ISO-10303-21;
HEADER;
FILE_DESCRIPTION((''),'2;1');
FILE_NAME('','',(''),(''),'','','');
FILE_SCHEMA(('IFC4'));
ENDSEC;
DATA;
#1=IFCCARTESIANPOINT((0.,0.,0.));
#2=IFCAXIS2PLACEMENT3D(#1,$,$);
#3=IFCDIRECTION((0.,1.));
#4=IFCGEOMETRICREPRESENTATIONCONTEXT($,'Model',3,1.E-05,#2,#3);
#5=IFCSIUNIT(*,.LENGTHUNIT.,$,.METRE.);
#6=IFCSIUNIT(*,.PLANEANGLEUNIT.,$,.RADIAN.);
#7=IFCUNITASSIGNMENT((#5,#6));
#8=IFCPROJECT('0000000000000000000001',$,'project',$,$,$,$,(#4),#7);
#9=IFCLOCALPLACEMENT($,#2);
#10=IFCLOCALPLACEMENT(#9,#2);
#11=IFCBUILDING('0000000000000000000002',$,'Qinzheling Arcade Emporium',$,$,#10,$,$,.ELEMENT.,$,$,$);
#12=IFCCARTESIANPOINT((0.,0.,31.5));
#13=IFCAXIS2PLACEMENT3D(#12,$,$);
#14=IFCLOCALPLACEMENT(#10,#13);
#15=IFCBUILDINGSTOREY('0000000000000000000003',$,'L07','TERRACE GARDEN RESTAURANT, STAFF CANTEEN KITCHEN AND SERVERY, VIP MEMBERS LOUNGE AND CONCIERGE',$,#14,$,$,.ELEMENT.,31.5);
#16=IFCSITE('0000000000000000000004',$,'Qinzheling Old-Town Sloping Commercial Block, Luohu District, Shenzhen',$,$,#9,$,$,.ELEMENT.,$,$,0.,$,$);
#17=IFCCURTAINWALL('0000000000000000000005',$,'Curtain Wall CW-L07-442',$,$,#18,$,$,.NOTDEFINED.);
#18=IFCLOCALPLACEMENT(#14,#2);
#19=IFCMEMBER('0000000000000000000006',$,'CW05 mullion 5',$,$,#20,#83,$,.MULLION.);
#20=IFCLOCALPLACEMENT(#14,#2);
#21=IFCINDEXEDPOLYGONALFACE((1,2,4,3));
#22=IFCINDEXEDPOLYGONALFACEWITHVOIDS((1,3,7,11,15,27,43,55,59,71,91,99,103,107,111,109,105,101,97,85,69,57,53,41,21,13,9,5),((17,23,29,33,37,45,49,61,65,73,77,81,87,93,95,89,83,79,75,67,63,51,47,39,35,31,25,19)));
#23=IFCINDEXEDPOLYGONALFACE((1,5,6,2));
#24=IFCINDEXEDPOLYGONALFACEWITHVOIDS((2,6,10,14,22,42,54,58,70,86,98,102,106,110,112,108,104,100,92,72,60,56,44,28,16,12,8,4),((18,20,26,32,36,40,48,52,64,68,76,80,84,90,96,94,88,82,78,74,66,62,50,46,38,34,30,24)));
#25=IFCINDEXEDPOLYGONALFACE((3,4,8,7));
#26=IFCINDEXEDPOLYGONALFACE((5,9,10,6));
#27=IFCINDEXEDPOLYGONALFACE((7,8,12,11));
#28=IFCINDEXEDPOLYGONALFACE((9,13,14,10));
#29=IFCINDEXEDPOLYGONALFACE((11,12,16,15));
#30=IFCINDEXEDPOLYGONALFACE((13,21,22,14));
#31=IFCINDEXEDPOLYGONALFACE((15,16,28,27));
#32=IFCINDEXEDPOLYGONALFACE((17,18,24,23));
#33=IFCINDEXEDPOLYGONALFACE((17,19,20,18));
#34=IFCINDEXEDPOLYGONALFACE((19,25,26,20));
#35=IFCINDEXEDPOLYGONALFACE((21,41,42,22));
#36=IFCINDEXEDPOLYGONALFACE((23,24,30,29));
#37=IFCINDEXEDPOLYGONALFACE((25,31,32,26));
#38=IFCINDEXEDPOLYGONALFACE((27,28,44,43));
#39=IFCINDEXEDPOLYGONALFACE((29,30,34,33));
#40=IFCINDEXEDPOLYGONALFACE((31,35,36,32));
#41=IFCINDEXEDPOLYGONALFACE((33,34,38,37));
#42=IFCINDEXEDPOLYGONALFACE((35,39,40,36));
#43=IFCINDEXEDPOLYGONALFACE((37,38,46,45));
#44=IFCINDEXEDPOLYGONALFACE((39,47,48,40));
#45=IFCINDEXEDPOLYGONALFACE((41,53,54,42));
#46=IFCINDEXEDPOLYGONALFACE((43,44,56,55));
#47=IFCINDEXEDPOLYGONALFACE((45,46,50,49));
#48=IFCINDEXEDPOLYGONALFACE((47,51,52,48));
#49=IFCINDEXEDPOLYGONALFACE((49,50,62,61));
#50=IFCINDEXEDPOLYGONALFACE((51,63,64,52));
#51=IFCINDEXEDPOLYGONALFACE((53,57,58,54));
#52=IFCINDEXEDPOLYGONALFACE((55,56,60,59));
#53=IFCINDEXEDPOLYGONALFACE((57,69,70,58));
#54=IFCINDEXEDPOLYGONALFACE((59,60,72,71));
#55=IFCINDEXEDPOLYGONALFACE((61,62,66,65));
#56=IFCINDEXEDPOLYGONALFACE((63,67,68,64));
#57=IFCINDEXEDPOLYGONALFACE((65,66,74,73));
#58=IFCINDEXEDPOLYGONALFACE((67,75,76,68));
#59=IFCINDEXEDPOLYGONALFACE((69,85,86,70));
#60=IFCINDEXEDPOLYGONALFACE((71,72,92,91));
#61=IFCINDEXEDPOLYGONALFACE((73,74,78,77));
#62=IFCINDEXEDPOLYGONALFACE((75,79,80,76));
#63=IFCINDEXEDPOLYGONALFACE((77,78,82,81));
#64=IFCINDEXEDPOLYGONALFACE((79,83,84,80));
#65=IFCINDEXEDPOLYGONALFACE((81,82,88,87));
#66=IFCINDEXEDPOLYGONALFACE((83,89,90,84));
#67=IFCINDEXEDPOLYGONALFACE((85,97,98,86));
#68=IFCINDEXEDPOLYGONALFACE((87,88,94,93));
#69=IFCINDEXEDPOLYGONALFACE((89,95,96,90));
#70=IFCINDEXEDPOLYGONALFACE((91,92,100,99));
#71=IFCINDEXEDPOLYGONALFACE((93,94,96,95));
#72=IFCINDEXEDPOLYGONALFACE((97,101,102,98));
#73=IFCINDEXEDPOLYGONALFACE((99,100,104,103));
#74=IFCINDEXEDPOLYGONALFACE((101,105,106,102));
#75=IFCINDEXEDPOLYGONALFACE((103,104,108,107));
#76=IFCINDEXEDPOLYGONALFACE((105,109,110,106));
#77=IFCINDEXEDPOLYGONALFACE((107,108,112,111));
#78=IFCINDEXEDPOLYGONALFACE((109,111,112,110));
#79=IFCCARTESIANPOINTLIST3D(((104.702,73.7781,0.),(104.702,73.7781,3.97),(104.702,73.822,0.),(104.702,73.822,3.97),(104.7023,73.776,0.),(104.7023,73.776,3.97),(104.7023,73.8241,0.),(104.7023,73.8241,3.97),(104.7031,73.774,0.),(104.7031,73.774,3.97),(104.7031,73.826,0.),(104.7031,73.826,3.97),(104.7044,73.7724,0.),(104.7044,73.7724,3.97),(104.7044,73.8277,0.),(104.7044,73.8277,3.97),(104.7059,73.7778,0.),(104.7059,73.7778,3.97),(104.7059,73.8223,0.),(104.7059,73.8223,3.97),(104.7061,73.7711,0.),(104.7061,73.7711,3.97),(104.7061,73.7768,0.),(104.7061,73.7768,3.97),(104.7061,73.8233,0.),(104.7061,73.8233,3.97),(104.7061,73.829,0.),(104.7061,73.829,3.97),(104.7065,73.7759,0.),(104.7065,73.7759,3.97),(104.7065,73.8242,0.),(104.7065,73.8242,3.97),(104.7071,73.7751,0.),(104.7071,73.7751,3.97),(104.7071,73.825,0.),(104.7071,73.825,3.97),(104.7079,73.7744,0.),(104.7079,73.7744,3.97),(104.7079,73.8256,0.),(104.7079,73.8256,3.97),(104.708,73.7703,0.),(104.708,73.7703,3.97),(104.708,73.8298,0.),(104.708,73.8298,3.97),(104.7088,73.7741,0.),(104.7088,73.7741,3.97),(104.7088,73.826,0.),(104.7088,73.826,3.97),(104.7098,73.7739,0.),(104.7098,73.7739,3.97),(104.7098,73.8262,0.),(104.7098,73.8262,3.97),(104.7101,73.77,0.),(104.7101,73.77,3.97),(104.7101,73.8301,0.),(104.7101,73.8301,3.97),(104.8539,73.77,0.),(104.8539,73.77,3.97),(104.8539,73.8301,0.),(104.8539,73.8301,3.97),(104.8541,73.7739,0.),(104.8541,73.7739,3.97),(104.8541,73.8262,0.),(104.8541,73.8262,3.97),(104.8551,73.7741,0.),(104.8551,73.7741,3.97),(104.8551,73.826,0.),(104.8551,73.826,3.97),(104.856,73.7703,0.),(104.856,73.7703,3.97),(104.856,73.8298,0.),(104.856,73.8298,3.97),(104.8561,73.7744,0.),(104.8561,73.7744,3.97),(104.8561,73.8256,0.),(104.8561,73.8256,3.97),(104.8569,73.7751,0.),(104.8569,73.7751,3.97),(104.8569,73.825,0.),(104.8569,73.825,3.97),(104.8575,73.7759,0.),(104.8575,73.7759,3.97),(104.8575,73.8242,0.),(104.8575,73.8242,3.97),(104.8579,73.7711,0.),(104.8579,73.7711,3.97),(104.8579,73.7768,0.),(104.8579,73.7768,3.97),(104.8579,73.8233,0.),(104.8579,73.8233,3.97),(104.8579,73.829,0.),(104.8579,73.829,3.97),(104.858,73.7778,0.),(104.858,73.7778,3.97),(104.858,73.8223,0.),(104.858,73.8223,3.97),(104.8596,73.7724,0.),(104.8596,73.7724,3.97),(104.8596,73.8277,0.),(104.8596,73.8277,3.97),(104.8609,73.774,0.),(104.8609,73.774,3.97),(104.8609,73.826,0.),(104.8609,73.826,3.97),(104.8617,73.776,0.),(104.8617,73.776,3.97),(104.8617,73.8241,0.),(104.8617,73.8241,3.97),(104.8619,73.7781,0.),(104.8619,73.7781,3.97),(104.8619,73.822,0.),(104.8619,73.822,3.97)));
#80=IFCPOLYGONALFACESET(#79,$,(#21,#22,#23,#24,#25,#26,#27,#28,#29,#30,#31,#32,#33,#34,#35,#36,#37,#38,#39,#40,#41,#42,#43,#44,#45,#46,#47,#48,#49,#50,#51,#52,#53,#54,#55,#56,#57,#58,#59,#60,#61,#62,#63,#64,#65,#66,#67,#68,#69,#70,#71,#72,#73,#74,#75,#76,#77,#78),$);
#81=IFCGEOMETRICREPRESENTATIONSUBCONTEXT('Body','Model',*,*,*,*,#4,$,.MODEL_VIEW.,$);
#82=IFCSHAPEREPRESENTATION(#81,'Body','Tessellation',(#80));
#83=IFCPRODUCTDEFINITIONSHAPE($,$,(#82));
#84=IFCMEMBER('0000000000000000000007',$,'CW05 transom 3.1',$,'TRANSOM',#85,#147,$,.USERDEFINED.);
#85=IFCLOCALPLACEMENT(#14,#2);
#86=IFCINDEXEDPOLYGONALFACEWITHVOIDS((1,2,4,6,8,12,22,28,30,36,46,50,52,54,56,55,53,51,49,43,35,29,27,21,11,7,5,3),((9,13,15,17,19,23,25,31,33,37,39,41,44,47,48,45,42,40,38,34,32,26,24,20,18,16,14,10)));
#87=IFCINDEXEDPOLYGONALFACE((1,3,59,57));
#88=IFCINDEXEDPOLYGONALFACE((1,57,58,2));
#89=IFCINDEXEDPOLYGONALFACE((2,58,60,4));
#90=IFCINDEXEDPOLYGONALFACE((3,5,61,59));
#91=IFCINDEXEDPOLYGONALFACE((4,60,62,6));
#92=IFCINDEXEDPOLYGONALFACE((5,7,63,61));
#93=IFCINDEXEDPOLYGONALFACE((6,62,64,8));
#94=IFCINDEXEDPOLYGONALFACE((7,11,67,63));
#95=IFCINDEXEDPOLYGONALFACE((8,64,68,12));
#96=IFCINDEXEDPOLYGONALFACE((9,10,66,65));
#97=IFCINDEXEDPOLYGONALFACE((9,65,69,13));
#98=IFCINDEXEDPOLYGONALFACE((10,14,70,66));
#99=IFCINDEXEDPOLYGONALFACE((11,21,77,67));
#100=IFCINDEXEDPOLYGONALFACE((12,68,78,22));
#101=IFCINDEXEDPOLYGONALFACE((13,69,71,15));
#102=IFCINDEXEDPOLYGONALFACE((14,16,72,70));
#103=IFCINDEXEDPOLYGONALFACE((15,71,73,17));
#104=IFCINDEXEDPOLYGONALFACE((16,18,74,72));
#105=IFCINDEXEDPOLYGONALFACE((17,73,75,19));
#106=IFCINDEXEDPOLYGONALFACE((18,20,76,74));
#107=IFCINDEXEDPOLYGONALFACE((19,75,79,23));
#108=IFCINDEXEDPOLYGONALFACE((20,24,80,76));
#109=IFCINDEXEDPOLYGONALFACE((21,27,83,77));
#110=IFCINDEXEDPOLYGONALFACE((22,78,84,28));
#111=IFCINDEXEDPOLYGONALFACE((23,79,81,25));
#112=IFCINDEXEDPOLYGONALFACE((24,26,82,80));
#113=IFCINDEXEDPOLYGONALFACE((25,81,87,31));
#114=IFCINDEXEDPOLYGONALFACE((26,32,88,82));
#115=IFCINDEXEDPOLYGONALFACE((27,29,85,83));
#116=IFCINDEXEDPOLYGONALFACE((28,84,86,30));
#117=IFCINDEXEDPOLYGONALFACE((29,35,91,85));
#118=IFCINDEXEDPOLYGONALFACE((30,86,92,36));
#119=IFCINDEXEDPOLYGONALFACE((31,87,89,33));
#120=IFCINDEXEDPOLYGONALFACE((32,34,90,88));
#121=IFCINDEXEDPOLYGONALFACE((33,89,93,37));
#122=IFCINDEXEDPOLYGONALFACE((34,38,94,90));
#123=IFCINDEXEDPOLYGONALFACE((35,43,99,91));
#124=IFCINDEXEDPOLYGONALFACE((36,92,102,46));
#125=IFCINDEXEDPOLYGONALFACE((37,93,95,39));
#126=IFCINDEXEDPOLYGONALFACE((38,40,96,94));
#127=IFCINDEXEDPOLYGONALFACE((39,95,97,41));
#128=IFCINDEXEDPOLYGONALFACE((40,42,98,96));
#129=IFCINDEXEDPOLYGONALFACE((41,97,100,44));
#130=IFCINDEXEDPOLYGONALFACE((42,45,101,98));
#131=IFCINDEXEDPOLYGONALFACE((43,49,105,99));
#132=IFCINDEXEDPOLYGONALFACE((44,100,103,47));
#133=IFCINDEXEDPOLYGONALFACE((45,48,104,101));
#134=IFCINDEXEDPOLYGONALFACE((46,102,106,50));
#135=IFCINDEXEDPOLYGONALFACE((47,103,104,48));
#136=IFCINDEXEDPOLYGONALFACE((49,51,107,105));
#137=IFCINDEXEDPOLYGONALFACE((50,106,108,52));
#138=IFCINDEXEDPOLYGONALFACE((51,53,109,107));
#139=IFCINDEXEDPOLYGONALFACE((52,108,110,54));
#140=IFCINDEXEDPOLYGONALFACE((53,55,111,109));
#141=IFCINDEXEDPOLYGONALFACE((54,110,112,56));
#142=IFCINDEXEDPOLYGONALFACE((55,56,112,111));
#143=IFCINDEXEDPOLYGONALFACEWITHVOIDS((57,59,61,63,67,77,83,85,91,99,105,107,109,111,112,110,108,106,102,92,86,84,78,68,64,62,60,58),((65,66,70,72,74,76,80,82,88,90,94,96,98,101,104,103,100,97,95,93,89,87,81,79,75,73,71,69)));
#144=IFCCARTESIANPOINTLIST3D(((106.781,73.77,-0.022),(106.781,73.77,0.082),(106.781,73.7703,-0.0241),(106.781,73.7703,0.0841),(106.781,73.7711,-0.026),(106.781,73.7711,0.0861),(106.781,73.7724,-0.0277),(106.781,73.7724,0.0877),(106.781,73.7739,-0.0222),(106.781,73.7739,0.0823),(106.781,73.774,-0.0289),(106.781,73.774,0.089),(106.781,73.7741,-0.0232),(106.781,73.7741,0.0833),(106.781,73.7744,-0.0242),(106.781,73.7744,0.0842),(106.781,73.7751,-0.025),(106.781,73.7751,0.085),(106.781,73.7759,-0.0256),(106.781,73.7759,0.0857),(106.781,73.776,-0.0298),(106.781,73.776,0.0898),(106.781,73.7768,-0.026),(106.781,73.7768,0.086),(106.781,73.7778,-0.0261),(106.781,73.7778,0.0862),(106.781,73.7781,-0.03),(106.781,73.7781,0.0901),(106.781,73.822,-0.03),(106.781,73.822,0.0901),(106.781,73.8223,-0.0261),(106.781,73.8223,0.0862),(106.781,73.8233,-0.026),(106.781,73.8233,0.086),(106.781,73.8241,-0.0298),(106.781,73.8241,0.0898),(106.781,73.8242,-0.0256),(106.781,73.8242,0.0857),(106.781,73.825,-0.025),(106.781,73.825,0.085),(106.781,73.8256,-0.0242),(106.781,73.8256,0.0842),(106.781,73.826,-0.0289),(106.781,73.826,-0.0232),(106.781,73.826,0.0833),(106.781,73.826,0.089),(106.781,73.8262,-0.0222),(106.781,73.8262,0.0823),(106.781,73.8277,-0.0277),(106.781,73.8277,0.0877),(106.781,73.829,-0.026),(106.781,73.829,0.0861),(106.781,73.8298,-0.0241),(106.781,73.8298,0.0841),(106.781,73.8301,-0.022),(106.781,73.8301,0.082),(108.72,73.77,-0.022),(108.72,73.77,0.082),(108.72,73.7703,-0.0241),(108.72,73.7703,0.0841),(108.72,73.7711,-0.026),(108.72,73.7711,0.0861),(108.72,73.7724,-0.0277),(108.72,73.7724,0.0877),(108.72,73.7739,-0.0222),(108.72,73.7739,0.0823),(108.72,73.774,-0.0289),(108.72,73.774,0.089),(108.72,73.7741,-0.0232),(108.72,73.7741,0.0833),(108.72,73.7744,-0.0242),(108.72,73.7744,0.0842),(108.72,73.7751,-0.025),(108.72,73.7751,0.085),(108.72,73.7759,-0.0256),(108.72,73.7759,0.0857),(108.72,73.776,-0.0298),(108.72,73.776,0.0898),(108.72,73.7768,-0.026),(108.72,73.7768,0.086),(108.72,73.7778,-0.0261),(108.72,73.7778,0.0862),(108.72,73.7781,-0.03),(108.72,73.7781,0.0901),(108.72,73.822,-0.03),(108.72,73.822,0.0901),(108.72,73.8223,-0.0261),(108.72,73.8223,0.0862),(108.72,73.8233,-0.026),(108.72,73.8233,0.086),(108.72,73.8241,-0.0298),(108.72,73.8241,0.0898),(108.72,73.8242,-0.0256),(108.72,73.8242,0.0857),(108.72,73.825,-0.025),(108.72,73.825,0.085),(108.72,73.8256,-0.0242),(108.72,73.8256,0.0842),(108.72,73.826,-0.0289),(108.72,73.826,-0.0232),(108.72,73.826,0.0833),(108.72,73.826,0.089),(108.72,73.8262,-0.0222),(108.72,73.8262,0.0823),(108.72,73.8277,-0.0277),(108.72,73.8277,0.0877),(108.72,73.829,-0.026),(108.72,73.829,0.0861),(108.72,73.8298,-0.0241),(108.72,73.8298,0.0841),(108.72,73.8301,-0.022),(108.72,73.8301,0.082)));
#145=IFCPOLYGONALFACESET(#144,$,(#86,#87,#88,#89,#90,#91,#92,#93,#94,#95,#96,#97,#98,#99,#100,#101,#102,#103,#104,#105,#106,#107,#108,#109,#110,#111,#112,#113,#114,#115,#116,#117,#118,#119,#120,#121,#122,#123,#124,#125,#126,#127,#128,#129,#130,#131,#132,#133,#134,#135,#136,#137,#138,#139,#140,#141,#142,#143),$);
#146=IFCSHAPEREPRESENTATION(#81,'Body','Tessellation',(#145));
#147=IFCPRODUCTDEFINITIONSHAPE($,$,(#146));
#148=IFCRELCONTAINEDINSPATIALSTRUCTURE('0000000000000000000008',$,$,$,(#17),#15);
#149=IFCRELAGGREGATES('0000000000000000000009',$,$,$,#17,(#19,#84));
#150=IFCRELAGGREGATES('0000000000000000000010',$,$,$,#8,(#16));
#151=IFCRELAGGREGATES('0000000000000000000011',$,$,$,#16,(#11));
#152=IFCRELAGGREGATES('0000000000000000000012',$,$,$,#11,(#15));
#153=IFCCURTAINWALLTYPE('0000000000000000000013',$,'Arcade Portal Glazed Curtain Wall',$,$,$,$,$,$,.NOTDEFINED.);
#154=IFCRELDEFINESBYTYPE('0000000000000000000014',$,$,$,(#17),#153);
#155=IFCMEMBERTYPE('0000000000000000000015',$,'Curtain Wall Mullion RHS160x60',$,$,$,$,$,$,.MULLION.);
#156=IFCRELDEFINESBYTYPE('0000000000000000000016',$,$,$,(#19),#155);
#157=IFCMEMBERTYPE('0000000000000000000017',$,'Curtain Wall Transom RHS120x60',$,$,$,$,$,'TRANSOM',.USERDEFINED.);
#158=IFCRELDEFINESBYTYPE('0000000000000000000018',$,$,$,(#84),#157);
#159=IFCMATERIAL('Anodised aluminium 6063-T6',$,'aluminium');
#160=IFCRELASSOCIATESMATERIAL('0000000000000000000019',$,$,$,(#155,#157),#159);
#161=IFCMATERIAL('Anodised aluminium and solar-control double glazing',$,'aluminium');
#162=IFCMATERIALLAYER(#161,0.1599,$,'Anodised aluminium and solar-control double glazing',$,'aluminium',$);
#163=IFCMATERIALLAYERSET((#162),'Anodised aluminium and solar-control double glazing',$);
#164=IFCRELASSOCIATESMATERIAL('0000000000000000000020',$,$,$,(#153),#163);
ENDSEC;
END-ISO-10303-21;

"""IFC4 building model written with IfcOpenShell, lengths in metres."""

from ifc_helpers import new_model, si_unit, direction, frame, origin, origin_2d, place, context, subcontext, project, spatial, hollow_rectangle, extrude, material, layer, layer_set, material_profile, profile_set, type_object, element, aggregate, save


model = new_model("IFC4")

# Units and contexts
model_context = context("Model", 3, precision=1e-05, world=origin(), true_north=direction((0.0, 1.0)))
body_context = subcontext(model_context, "Body", "Model", "MODEL_VIEW")
ifc_project = project(units=[si_unit("LENGTHUNIT", "METRE"), si_unit("PLANEANGLEUNIT", "RADIAN")], contexts=[model_context])

# Site, building, storey
site_placement = place(None, origin())
site = spatial("IfcSite", under=ifc_project, at=site_placement, Name="Qinzheling Old-Town Sloping Commercial Block, Luohu District, Shenzhen", CompositionType="ELEMENT", RefElevation=0.0)
building_placement = place(site_placement, origin())
building = spatial("IfcBuilding", under=site, at=building_placement, Name="Qinzheling Arcade Emporium", CompositionType="ELEMENT")
storey_placement = place(building_placement, frame((0.0, 0.0, 31.5)))
storey = spatial("IfcBuildingStorey", under=building, at=storey_placement, Name="L07", Description="TERRACE GARDEN RESTAURANT, STAFF CANTEEN KITCHEN AND SERVERY, VIP MEMBERS LOUNGE AND CONCIERGE", CompositionType="ELEMENT", Elevation=31.5)

# Shared definitions
ifc_material_1 = material(Name="Anodised aluminium and solar-control double glazing", Category="aluminium")
ifc_material_2 = material(Name="Anodised aluminium 6063-T6", Category="aluminium")
ifc_material_profile_1 = material_profile(ifc_material_2, hollow_rectangle(XDim=0.0601, YDim=0.1599, WallThickness=0.0039, InnerFilletRadius=0.0039, OuterFilletRadius=0.0081, at=origin_2d()), Name="RHS 160x60x4", Category="aluminium")
ifc_profile_set_1 = profile_set([ifc_material_profile_1], Name="Anodised aluminium 6063-T6")
member_type_1 = type_object("IfcMemberType", Name="Curtain Wall Mullion RHS160x60", PredefinedType="MULLION", material=ifc_profile_set_1)

# Curtain wall, members
ifc_layer_1 = layer(ifc_material_1, 0.1599, Name="Anodised aluminium and solar-control double glazing", Category="aluminium")
ifc_layer_set_1 = layer_set([ifc_layer_1], Name="Anodised aluminium and solar-control double glazing")
curtain_wall_type_1 = type_object("IfcCurtainWallType", Name="Arcade Portal Glazed Curtain Wall", PredefinedType="NOTDEFINED", material=ifc_layer_set_1)
curtain_wall_1_placement = place(storey_placement, origin())
curtain_wall_1 = element("IfcCurtainWall", 1, at=curtain_wall_1_placement, inside=storey, type_object=curtain_wall_type_1, Name="Curtain Wall CW-L07-442", PredefinedType="NOTDEFINED")
member_1_placement = place(storey_placement, frame((104.782, 73.8, 0.0), z_axis=(0.0, 0.0, 1.0), x_axis=(0.0, -1.0, 0.0)))
member_1 = element("IfcMember", 2, at=member_1_placement, type_object=member_type_1, Name="CW05 mullion 5", PredefinedType="MULLION", context=body_context, shape_type="SweptSolid", body=[
    extrude(hollow_rectangle(XDim=0.0601, YDim=0.1599, WallThickness=0.0039, InnerFilletRadius=0.0039, OuterFilletRadius=0.0081, at=origin_2d()), origin(), (0.0, 0.0, 1.0), 3.97),
])
ifc_material_profile_2 = material_profile(ifc_material_2, hollow_rectangle(XDim=0.0601, YDim=0.1201, WallThickness=0.0039, InnerFilletRadius=0.0039, OuterFilletRadius=0.0081, at=origin_2d()), Name="RHS 120x60x4", Category="aluminium")
ifc_profile_set_2 = profile_set([ifc_material_profile_2], Name="Anodised aluminium 6063-T6")
member_type_2 = type_object("IfcMemberType", Name="Curtain Wall Transom RHS120x60", ElementType="TRANSOM", PredefinedType="USERDEFINED", material=ifc_profile_set_2)
member_2_placement = place(storey_placement, frame((108.72, 73.8, 0.03), z_axis=(-1.0, 0.0, 0.0), x_axis=(0.0, -1.0, 0.0)))
member_2 = element("IfcMember", 3, at=member_2_placement, type_object=member_type_2, Name="CW05 transom 3.1", ObjectType="TRANSOM", PredefinedType="USERDEFINED", context=body_context, shape_type="SweptSolid", body=[
    extrude(hollow_rectangle(XDim=0.0601, YDim=0.1201, WallThickness=0.0039, InnerFilletRadius=0.0039, OuterFilletRadius=0.0081, at=origin_2d()), origin(), (0.0, 0.0, 1.0), 1.939),
])

aggregate(curtain_wall_1, [member_1, member_2])

save(model, "model.ifc")
